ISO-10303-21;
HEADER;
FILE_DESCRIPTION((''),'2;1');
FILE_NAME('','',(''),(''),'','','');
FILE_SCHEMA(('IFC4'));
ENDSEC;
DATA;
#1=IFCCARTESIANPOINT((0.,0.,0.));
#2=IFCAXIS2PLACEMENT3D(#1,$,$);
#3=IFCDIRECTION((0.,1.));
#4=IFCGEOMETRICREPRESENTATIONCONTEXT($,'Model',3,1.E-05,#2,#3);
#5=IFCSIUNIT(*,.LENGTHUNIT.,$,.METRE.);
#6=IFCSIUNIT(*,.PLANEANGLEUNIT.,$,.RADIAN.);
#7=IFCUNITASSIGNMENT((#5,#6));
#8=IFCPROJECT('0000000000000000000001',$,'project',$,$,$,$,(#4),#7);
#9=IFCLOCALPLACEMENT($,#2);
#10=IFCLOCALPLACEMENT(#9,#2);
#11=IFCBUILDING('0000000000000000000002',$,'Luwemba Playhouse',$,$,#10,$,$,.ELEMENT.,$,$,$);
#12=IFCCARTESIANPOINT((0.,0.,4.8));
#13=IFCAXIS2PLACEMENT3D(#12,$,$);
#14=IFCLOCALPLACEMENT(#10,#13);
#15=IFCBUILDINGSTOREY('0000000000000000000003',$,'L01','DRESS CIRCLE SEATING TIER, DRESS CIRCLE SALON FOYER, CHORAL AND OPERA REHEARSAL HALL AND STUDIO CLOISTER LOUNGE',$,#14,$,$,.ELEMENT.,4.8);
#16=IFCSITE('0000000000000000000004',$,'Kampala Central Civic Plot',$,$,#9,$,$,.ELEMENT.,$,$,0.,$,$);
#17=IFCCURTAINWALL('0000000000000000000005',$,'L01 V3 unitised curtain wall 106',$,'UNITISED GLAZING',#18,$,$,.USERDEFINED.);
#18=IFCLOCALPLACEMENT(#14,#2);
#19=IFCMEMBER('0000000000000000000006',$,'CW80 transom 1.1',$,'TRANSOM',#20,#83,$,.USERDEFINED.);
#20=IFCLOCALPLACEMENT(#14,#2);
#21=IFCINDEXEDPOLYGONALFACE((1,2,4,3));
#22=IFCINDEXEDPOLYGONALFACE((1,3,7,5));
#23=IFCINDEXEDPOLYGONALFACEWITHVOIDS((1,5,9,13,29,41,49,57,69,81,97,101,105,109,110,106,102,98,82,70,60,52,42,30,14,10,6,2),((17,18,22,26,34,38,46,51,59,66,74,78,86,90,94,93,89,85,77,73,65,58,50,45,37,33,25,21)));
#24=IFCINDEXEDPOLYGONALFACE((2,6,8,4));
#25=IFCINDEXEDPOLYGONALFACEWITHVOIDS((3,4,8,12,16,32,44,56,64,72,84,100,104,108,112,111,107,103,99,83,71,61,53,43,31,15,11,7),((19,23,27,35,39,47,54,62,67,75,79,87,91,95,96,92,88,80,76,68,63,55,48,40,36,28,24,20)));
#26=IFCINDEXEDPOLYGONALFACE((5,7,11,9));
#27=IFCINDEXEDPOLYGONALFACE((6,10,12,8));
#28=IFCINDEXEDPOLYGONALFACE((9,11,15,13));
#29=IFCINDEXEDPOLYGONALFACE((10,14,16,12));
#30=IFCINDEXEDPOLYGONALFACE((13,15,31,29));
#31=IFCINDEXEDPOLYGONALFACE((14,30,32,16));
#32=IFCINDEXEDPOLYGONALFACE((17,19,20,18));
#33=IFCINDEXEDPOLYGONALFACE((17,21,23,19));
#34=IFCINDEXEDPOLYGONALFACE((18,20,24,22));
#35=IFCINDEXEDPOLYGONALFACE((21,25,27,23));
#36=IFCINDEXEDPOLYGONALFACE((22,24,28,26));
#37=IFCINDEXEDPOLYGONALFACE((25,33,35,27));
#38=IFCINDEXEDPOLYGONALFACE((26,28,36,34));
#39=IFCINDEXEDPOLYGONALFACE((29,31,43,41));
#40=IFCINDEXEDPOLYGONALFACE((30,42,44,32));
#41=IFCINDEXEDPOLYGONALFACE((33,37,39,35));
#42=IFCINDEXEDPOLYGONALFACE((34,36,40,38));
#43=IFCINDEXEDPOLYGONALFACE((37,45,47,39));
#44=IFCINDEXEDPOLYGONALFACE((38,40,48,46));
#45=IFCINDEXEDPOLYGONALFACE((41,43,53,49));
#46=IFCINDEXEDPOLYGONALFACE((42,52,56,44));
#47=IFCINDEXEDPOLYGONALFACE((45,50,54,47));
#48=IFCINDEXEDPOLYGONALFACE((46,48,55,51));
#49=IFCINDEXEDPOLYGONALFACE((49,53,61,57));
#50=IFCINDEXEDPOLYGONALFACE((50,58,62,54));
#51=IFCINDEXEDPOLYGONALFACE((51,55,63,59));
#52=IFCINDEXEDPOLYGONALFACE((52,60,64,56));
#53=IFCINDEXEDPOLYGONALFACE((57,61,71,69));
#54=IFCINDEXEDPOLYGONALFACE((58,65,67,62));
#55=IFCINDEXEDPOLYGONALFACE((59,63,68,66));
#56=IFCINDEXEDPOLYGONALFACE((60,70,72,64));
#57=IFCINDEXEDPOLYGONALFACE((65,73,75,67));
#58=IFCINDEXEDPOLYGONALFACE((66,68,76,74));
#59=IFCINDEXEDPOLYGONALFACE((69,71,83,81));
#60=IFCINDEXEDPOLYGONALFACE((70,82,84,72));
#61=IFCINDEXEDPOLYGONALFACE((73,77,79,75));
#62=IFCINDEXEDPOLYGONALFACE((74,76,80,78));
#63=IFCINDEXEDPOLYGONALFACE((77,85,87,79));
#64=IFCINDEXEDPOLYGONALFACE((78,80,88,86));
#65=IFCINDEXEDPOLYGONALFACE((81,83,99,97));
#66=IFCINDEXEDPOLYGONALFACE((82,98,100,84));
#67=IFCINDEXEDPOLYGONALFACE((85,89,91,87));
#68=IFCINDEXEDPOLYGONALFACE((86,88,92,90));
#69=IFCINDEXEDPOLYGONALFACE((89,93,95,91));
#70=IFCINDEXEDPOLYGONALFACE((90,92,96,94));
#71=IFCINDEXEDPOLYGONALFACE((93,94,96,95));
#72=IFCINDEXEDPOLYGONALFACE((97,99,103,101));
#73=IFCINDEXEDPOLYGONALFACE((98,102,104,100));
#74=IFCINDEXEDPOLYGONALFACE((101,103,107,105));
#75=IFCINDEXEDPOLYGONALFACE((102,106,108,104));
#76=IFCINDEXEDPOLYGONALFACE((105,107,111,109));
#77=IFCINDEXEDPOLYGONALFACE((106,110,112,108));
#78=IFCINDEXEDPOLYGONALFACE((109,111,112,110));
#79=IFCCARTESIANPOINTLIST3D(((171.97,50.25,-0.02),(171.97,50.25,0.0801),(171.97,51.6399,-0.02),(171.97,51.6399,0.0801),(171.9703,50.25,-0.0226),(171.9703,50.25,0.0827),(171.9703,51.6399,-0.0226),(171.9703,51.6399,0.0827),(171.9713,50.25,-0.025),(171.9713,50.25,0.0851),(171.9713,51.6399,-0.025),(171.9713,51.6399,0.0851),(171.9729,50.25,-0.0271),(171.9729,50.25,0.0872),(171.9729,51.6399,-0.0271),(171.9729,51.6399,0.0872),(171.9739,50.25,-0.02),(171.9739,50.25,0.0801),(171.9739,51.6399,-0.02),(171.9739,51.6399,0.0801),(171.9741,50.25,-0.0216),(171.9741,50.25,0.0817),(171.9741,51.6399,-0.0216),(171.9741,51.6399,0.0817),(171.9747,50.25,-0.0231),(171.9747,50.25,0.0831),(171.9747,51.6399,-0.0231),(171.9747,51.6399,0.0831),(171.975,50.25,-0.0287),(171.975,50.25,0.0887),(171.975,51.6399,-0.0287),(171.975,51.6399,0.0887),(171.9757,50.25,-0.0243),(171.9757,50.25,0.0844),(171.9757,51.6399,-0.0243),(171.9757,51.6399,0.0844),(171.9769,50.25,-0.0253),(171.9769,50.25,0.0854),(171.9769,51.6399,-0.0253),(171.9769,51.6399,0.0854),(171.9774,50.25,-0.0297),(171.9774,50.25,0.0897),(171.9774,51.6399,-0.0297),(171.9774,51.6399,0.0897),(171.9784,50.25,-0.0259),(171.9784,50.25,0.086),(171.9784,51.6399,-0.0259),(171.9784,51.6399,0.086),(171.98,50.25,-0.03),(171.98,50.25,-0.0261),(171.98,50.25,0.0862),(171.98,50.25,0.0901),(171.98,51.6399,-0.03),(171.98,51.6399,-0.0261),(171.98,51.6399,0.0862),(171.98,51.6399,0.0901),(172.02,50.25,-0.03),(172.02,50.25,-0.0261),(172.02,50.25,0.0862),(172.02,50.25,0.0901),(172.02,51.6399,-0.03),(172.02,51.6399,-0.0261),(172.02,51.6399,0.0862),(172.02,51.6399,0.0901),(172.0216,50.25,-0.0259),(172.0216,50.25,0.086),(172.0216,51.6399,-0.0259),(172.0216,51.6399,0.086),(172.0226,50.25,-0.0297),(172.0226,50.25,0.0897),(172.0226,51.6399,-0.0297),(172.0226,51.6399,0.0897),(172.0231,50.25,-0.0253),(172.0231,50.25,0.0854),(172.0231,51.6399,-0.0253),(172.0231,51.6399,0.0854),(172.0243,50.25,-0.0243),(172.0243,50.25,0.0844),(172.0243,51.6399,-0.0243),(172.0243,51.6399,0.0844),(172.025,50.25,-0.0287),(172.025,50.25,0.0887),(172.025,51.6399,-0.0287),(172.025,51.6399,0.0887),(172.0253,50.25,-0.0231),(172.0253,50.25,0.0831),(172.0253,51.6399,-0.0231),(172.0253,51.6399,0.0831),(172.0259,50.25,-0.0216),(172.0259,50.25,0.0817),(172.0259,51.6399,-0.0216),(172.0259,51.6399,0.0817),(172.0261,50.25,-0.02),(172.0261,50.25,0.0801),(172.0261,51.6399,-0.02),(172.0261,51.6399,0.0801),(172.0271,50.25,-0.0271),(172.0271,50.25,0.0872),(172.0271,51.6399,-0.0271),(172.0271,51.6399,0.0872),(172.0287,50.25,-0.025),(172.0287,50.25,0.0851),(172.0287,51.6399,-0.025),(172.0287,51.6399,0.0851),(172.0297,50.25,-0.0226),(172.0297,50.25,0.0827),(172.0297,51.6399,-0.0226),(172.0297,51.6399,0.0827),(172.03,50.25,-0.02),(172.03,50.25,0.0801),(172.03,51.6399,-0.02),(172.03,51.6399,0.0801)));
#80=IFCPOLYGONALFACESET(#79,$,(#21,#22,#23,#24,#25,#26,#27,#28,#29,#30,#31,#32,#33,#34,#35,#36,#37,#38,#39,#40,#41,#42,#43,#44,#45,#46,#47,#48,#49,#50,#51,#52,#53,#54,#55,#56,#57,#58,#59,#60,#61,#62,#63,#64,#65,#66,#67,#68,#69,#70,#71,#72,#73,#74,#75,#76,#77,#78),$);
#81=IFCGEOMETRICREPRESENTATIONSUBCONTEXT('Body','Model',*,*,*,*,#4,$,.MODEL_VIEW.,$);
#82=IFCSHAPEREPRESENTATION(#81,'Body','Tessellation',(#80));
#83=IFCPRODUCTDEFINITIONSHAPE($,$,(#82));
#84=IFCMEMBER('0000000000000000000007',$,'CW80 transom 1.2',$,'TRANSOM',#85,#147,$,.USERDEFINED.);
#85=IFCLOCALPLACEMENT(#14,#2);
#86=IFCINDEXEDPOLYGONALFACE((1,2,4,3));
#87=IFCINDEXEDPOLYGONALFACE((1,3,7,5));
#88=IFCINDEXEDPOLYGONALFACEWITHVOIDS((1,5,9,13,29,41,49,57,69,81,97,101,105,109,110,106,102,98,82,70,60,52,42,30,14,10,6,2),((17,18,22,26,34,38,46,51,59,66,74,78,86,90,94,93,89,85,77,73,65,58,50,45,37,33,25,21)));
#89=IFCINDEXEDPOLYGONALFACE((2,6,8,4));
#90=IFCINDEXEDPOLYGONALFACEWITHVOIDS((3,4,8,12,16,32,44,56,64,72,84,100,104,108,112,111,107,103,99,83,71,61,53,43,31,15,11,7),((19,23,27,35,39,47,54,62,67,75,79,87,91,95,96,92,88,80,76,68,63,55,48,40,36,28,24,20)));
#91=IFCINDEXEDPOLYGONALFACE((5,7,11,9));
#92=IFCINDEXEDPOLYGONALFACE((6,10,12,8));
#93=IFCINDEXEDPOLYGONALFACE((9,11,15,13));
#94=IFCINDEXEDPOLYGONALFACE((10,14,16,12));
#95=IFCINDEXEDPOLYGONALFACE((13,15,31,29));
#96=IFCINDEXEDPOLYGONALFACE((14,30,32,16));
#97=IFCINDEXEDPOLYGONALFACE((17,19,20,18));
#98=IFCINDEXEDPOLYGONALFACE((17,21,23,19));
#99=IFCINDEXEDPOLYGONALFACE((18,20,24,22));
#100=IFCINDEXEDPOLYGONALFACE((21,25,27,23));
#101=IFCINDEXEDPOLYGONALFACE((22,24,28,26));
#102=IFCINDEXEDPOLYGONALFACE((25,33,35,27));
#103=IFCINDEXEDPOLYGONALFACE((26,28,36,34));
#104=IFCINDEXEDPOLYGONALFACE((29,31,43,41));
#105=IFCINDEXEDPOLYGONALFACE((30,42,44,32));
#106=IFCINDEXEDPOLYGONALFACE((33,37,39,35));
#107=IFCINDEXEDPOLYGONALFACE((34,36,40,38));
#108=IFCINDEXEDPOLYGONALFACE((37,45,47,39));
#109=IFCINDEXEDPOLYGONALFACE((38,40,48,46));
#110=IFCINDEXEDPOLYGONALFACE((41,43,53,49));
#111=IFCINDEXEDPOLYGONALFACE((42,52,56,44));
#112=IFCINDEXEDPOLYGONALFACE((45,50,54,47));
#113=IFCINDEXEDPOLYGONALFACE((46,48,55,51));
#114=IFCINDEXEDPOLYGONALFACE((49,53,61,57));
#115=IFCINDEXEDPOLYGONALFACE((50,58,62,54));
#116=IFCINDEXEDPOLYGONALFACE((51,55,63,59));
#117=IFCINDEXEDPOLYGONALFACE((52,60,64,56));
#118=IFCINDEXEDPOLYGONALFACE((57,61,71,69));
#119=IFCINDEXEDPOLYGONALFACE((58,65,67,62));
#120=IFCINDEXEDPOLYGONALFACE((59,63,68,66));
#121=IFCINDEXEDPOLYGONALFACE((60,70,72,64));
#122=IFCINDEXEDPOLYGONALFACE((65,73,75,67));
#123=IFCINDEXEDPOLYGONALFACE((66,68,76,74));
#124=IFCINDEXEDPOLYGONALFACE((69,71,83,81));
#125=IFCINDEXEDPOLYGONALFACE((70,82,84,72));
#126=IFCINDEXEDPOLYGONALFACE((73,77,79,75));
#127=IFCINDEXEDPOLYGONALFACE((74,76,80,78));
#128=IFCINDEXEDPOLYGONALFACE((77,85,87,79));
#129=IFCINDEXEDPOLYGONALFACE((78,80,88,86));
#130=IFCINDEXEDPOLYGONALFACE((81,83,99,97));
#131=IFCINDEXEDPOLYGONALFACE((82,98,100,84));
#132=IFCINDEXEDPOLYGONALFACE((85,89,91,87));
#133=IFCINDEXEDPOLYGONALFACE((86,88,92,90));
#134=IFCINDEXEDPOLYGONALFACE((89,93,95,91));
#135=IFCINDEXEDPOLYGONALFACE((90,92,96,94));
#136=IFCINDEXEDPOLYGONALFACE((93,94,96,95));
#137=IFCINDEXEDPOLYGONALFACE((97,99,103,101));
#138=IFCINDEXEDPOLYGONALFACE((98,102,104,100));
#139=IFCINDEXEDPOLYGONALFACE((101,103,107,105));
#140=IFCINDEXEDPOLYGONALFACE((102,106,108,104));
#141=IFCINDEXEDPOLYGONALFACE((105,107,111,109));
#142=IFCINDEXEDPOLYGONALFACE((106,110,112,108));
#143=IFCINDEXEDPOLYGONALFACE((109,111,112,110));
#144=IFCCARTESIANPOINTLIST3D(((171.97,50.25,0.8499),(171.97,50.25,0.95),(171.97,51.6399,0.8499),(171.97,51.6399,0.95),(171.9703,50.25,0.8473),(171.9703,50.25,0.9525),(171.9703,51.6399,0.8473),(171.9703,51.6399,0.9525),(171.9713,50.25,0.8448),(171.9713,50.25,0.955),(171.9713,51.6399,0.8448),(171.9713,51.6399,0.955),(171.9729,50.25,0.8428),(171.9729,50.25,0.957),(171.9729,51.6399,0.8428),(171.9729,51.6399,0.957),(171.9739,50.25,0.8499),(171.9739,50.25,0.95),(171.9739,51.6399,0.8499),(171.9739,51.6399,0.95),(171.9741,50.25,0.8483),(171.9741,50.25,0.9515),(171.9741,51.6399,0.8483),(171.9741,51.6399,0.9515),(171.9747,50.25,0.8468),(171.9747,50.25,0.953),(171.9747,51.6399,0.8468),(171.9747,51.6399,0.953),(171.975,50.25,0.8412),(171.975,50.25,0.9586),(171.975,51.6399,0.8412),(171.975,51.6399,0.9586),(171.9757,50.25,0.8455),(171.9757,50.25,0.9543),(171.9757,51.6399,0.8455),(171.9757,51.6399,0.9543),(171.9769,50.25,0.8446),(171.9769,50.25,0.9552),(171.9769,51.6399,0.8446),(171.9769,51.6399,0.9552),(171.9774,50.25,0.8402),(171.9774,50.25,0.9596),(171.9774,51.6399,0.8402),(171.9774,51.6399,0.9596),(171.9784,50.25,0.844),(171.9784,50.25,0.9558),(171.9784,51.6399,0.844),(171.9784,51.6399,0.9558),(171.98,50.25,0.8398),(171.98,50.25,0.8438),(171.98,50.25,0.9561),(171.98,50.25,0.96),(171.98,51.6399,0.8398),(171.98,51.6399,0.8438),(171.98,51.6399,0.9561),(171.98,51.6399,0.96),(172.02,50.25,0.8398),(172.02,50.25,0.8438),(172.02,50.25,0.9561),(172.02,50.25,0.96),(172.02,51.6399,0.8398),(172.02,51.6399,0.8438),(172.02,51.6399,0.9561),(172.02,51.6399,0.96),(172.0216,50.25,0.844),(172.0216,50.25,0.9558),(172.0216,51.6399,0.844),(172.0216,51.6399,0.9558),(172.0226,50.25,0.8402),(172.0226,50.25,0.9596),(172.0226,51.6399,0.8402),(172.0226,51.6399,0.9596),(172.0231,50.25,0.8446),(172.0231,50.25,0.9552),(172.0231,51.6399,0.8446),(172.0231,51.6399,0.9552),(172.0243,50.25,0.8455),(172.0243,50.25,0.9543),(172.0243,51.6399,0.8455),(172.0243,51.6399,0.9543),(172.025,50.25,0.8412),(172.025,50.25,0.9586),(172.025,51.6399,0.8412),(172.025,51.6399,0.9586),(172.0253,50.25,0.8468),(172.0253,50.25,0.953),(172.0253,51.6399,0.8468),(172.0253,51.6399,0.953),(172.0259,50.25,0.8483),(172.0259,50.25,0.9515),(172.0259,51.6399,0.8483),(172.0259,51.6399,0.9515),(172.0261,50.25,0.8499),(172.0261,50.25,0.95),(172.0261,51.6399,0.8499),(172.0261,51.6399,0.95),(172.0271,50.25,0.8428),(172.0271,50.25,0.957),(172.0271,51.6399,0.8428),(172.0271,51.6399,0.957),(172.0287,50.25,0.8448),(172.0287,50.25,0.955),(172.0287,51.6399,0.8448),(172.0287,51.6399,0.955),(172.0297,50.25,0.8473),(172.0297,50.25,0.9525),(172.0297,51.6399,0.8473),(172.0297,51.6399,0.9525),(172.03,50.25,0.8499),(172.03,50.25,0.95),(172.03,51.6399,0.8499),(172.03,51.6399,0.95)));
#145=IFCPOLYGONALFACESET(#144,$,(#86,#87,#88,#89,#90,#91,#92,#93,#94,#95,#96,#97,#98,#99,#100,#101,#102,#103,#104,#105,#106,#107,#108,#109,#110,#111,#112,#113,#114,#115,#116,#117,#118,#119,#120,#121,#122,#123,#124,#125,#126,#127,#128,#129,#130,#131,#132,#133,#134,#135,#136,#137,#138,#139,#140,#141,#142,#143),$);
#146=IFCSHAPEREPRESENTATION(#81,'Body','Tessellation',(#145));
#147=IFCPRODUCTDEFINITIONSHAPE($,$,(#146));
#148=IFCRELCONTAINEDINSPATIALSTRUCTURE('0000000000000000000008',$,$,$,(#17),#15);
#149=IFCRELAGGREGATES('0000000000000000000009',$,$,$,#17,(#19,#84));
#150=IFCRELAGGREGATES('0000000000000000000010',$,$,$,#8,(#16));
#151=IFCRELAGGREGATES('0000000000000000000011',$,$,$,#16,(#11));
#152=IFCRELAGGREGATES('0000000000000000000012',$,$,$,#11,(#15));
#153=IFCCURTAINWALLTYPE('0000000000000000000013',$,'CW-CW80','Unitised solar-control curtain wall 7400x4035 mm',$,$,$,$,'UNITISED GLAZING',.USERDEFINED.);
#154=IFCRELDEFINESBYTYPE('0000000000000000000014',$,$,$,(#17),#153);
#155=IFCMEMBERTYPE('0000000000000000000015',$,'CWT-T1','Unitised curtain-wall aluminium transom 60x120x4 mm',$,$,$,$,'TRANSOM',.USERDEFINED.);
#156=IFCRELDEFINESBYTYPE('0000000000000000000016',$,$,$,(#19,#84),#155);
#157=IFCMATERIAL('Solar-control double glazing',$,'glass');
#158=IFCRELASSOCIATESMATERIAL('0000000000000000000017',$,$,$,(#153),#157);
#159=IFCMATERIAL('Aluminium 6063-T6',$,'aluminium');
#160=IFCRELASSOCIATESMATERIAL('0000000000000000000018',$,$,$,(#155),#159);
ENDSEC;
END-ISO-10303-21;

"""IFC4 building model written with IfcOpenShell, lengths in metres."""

from ifc_helpers import new_model, si_unit, direction, frame, origin, origin_2d, place, context, subcontext, project, spatial, hollow_rectangle, extrude, material, material_profile, profile_set, type_object, element, aggregate, save


model = new_model("IFC4")

# Units and contexts
model_context = context("Model", 3, precision=1e-05, world=origin(), true_north=direction((0.0, 1.0)))
body_context = subcontext(model_context, "Body", "Model", "MODEL_VIEW")
ifc_project = project(units=[si_unit("LENGTHUNIT", "METRE"), si_unit("PLANEANGLEUNIT", "RADIAN")], contexts=[model_context])

# Site, building, storey
site_placement = place(None, origin())
site = spatial("IfcSite", under=ifc_project, at=site_placement, Name="Kampala Central Civic Plot", CompositionType="ELEMENT", RefElevation=0.0)
building_placement = place(site_placement, origin())
building = spatial("IfcBuilding", under=site, at=building_placement, Name="Luwemba Playhouse", CompositionType="ELEMENT")
storey_placement = place(building_placement, frame((0.0, 0.0, 4.8)))
storey = spatial("IfcBuildingStorey", under=building, at=storey_placement, Name="L01", Description="DRESS CIRCLE SEATING TIER, DRESS CIRCLE SALON FOYER, CHORAL AND OPERA REHEARSAL HALL AND STUDIO CLOISTER LOUNGE", CompositionType="ELEMENT", Elevation=4.8)

# Curtain wall, members
ifc_material_1 = material(Name="Solar-control double glazing", Category="glass")
curtain_wall_type = type_object("IfcCurtainWallType", Name="CW-CW80", Description="Unitised solar-control curtain wall 7400x4035 mm", ElementType="UNITISED GLAZING", PredefinedType="USERDEFINED", material=ifc_material_1)
curtain_wall_placement = place(storey_placement, origin())
curtain_wall = element("IfcCurtainWall", 1, at=curtain_wall_placement, inside=storey, type_object=curtain_wall_type, Name="L01 V3 unitised curtain wall 106", ObjectType="UNITISED GLAZING", PredefinedType="USERDEFINED")
ifc_material_2 = material(Name="Aluminium 6063-T6", Category="aluminium")
ifc_material_profile_1 = material_profile(ifc_material_2, hollow_rectangle(XDim=0.0601, YDim=0.1201, WallThickness=0.0039, InnerFilletRadius=0.0061, OuterFilletRadius=0.01, at=origin_2d()))
ifc_profile_set_1 = profile_set([ifc_material_profile_1], Name="Aluminium 6063-T6")
member_type_1 = type_object("IfcMemberType", Name="CWT-T1", Description="Unitised curtain-wall aluminium transom 60x120x4 mm", ElementType="TRANSOM", PredefinedType="USERDEFINED", material=ifc_profile_set_1)
member_1_placement = place(storey_placement, frame((172.0, 51.6399, 0.03), z_axis=(0.0, -1.0, 0.0), x_axis=(1.0, 0.0, 0.0)))
member_1 = element("IfcMember", 2, at=member_1_placement, type_object=member_type_1, Name="CW80 transom 1.1", ObjectType="TRANSOM", PredefinedType="USERDEFINED", context=body_context, shape_type="SweptSolid", body=[
    extrude(hollow_rectangle(XDim=0.0601, YDim=0.1201, WallThickness=0.0039, InnerFilletRadius=0.0061, OuterFilletRadius=0.01, at=origin_2d()), origin(), (0.0, 0.0, 1.0), 1.3899),
])
member_2_placement = place(storey_placement, frame((172.0, 51.6399, 0.8999), z_axis=(0.0, -1.0, 0.0), x_axis=(1.0, 0.0, 0.0)))
member_2 = element("IfcMember", 3, at=member_2_placement, type_object=member_type_1, Name="CW80 transom 1.2", ObjectType="TRANSOM", PredefinedType="USERDEFINED", context=body_context, shape_type="SweptSolid", body=[
    extrude(hollow_rectangle(XDim=0.0601, YDim=0.1201, WallThickness=0.0039, InnerFilletRadius=0.0061, OuterFilletRadius=0.01, at=origin_2d()), origin(), (0.0, 0.0, 1.0), 1.3899),
])
aggregate(curtain_wall, [member_1, member_2])

save(model, "model.ifc")
